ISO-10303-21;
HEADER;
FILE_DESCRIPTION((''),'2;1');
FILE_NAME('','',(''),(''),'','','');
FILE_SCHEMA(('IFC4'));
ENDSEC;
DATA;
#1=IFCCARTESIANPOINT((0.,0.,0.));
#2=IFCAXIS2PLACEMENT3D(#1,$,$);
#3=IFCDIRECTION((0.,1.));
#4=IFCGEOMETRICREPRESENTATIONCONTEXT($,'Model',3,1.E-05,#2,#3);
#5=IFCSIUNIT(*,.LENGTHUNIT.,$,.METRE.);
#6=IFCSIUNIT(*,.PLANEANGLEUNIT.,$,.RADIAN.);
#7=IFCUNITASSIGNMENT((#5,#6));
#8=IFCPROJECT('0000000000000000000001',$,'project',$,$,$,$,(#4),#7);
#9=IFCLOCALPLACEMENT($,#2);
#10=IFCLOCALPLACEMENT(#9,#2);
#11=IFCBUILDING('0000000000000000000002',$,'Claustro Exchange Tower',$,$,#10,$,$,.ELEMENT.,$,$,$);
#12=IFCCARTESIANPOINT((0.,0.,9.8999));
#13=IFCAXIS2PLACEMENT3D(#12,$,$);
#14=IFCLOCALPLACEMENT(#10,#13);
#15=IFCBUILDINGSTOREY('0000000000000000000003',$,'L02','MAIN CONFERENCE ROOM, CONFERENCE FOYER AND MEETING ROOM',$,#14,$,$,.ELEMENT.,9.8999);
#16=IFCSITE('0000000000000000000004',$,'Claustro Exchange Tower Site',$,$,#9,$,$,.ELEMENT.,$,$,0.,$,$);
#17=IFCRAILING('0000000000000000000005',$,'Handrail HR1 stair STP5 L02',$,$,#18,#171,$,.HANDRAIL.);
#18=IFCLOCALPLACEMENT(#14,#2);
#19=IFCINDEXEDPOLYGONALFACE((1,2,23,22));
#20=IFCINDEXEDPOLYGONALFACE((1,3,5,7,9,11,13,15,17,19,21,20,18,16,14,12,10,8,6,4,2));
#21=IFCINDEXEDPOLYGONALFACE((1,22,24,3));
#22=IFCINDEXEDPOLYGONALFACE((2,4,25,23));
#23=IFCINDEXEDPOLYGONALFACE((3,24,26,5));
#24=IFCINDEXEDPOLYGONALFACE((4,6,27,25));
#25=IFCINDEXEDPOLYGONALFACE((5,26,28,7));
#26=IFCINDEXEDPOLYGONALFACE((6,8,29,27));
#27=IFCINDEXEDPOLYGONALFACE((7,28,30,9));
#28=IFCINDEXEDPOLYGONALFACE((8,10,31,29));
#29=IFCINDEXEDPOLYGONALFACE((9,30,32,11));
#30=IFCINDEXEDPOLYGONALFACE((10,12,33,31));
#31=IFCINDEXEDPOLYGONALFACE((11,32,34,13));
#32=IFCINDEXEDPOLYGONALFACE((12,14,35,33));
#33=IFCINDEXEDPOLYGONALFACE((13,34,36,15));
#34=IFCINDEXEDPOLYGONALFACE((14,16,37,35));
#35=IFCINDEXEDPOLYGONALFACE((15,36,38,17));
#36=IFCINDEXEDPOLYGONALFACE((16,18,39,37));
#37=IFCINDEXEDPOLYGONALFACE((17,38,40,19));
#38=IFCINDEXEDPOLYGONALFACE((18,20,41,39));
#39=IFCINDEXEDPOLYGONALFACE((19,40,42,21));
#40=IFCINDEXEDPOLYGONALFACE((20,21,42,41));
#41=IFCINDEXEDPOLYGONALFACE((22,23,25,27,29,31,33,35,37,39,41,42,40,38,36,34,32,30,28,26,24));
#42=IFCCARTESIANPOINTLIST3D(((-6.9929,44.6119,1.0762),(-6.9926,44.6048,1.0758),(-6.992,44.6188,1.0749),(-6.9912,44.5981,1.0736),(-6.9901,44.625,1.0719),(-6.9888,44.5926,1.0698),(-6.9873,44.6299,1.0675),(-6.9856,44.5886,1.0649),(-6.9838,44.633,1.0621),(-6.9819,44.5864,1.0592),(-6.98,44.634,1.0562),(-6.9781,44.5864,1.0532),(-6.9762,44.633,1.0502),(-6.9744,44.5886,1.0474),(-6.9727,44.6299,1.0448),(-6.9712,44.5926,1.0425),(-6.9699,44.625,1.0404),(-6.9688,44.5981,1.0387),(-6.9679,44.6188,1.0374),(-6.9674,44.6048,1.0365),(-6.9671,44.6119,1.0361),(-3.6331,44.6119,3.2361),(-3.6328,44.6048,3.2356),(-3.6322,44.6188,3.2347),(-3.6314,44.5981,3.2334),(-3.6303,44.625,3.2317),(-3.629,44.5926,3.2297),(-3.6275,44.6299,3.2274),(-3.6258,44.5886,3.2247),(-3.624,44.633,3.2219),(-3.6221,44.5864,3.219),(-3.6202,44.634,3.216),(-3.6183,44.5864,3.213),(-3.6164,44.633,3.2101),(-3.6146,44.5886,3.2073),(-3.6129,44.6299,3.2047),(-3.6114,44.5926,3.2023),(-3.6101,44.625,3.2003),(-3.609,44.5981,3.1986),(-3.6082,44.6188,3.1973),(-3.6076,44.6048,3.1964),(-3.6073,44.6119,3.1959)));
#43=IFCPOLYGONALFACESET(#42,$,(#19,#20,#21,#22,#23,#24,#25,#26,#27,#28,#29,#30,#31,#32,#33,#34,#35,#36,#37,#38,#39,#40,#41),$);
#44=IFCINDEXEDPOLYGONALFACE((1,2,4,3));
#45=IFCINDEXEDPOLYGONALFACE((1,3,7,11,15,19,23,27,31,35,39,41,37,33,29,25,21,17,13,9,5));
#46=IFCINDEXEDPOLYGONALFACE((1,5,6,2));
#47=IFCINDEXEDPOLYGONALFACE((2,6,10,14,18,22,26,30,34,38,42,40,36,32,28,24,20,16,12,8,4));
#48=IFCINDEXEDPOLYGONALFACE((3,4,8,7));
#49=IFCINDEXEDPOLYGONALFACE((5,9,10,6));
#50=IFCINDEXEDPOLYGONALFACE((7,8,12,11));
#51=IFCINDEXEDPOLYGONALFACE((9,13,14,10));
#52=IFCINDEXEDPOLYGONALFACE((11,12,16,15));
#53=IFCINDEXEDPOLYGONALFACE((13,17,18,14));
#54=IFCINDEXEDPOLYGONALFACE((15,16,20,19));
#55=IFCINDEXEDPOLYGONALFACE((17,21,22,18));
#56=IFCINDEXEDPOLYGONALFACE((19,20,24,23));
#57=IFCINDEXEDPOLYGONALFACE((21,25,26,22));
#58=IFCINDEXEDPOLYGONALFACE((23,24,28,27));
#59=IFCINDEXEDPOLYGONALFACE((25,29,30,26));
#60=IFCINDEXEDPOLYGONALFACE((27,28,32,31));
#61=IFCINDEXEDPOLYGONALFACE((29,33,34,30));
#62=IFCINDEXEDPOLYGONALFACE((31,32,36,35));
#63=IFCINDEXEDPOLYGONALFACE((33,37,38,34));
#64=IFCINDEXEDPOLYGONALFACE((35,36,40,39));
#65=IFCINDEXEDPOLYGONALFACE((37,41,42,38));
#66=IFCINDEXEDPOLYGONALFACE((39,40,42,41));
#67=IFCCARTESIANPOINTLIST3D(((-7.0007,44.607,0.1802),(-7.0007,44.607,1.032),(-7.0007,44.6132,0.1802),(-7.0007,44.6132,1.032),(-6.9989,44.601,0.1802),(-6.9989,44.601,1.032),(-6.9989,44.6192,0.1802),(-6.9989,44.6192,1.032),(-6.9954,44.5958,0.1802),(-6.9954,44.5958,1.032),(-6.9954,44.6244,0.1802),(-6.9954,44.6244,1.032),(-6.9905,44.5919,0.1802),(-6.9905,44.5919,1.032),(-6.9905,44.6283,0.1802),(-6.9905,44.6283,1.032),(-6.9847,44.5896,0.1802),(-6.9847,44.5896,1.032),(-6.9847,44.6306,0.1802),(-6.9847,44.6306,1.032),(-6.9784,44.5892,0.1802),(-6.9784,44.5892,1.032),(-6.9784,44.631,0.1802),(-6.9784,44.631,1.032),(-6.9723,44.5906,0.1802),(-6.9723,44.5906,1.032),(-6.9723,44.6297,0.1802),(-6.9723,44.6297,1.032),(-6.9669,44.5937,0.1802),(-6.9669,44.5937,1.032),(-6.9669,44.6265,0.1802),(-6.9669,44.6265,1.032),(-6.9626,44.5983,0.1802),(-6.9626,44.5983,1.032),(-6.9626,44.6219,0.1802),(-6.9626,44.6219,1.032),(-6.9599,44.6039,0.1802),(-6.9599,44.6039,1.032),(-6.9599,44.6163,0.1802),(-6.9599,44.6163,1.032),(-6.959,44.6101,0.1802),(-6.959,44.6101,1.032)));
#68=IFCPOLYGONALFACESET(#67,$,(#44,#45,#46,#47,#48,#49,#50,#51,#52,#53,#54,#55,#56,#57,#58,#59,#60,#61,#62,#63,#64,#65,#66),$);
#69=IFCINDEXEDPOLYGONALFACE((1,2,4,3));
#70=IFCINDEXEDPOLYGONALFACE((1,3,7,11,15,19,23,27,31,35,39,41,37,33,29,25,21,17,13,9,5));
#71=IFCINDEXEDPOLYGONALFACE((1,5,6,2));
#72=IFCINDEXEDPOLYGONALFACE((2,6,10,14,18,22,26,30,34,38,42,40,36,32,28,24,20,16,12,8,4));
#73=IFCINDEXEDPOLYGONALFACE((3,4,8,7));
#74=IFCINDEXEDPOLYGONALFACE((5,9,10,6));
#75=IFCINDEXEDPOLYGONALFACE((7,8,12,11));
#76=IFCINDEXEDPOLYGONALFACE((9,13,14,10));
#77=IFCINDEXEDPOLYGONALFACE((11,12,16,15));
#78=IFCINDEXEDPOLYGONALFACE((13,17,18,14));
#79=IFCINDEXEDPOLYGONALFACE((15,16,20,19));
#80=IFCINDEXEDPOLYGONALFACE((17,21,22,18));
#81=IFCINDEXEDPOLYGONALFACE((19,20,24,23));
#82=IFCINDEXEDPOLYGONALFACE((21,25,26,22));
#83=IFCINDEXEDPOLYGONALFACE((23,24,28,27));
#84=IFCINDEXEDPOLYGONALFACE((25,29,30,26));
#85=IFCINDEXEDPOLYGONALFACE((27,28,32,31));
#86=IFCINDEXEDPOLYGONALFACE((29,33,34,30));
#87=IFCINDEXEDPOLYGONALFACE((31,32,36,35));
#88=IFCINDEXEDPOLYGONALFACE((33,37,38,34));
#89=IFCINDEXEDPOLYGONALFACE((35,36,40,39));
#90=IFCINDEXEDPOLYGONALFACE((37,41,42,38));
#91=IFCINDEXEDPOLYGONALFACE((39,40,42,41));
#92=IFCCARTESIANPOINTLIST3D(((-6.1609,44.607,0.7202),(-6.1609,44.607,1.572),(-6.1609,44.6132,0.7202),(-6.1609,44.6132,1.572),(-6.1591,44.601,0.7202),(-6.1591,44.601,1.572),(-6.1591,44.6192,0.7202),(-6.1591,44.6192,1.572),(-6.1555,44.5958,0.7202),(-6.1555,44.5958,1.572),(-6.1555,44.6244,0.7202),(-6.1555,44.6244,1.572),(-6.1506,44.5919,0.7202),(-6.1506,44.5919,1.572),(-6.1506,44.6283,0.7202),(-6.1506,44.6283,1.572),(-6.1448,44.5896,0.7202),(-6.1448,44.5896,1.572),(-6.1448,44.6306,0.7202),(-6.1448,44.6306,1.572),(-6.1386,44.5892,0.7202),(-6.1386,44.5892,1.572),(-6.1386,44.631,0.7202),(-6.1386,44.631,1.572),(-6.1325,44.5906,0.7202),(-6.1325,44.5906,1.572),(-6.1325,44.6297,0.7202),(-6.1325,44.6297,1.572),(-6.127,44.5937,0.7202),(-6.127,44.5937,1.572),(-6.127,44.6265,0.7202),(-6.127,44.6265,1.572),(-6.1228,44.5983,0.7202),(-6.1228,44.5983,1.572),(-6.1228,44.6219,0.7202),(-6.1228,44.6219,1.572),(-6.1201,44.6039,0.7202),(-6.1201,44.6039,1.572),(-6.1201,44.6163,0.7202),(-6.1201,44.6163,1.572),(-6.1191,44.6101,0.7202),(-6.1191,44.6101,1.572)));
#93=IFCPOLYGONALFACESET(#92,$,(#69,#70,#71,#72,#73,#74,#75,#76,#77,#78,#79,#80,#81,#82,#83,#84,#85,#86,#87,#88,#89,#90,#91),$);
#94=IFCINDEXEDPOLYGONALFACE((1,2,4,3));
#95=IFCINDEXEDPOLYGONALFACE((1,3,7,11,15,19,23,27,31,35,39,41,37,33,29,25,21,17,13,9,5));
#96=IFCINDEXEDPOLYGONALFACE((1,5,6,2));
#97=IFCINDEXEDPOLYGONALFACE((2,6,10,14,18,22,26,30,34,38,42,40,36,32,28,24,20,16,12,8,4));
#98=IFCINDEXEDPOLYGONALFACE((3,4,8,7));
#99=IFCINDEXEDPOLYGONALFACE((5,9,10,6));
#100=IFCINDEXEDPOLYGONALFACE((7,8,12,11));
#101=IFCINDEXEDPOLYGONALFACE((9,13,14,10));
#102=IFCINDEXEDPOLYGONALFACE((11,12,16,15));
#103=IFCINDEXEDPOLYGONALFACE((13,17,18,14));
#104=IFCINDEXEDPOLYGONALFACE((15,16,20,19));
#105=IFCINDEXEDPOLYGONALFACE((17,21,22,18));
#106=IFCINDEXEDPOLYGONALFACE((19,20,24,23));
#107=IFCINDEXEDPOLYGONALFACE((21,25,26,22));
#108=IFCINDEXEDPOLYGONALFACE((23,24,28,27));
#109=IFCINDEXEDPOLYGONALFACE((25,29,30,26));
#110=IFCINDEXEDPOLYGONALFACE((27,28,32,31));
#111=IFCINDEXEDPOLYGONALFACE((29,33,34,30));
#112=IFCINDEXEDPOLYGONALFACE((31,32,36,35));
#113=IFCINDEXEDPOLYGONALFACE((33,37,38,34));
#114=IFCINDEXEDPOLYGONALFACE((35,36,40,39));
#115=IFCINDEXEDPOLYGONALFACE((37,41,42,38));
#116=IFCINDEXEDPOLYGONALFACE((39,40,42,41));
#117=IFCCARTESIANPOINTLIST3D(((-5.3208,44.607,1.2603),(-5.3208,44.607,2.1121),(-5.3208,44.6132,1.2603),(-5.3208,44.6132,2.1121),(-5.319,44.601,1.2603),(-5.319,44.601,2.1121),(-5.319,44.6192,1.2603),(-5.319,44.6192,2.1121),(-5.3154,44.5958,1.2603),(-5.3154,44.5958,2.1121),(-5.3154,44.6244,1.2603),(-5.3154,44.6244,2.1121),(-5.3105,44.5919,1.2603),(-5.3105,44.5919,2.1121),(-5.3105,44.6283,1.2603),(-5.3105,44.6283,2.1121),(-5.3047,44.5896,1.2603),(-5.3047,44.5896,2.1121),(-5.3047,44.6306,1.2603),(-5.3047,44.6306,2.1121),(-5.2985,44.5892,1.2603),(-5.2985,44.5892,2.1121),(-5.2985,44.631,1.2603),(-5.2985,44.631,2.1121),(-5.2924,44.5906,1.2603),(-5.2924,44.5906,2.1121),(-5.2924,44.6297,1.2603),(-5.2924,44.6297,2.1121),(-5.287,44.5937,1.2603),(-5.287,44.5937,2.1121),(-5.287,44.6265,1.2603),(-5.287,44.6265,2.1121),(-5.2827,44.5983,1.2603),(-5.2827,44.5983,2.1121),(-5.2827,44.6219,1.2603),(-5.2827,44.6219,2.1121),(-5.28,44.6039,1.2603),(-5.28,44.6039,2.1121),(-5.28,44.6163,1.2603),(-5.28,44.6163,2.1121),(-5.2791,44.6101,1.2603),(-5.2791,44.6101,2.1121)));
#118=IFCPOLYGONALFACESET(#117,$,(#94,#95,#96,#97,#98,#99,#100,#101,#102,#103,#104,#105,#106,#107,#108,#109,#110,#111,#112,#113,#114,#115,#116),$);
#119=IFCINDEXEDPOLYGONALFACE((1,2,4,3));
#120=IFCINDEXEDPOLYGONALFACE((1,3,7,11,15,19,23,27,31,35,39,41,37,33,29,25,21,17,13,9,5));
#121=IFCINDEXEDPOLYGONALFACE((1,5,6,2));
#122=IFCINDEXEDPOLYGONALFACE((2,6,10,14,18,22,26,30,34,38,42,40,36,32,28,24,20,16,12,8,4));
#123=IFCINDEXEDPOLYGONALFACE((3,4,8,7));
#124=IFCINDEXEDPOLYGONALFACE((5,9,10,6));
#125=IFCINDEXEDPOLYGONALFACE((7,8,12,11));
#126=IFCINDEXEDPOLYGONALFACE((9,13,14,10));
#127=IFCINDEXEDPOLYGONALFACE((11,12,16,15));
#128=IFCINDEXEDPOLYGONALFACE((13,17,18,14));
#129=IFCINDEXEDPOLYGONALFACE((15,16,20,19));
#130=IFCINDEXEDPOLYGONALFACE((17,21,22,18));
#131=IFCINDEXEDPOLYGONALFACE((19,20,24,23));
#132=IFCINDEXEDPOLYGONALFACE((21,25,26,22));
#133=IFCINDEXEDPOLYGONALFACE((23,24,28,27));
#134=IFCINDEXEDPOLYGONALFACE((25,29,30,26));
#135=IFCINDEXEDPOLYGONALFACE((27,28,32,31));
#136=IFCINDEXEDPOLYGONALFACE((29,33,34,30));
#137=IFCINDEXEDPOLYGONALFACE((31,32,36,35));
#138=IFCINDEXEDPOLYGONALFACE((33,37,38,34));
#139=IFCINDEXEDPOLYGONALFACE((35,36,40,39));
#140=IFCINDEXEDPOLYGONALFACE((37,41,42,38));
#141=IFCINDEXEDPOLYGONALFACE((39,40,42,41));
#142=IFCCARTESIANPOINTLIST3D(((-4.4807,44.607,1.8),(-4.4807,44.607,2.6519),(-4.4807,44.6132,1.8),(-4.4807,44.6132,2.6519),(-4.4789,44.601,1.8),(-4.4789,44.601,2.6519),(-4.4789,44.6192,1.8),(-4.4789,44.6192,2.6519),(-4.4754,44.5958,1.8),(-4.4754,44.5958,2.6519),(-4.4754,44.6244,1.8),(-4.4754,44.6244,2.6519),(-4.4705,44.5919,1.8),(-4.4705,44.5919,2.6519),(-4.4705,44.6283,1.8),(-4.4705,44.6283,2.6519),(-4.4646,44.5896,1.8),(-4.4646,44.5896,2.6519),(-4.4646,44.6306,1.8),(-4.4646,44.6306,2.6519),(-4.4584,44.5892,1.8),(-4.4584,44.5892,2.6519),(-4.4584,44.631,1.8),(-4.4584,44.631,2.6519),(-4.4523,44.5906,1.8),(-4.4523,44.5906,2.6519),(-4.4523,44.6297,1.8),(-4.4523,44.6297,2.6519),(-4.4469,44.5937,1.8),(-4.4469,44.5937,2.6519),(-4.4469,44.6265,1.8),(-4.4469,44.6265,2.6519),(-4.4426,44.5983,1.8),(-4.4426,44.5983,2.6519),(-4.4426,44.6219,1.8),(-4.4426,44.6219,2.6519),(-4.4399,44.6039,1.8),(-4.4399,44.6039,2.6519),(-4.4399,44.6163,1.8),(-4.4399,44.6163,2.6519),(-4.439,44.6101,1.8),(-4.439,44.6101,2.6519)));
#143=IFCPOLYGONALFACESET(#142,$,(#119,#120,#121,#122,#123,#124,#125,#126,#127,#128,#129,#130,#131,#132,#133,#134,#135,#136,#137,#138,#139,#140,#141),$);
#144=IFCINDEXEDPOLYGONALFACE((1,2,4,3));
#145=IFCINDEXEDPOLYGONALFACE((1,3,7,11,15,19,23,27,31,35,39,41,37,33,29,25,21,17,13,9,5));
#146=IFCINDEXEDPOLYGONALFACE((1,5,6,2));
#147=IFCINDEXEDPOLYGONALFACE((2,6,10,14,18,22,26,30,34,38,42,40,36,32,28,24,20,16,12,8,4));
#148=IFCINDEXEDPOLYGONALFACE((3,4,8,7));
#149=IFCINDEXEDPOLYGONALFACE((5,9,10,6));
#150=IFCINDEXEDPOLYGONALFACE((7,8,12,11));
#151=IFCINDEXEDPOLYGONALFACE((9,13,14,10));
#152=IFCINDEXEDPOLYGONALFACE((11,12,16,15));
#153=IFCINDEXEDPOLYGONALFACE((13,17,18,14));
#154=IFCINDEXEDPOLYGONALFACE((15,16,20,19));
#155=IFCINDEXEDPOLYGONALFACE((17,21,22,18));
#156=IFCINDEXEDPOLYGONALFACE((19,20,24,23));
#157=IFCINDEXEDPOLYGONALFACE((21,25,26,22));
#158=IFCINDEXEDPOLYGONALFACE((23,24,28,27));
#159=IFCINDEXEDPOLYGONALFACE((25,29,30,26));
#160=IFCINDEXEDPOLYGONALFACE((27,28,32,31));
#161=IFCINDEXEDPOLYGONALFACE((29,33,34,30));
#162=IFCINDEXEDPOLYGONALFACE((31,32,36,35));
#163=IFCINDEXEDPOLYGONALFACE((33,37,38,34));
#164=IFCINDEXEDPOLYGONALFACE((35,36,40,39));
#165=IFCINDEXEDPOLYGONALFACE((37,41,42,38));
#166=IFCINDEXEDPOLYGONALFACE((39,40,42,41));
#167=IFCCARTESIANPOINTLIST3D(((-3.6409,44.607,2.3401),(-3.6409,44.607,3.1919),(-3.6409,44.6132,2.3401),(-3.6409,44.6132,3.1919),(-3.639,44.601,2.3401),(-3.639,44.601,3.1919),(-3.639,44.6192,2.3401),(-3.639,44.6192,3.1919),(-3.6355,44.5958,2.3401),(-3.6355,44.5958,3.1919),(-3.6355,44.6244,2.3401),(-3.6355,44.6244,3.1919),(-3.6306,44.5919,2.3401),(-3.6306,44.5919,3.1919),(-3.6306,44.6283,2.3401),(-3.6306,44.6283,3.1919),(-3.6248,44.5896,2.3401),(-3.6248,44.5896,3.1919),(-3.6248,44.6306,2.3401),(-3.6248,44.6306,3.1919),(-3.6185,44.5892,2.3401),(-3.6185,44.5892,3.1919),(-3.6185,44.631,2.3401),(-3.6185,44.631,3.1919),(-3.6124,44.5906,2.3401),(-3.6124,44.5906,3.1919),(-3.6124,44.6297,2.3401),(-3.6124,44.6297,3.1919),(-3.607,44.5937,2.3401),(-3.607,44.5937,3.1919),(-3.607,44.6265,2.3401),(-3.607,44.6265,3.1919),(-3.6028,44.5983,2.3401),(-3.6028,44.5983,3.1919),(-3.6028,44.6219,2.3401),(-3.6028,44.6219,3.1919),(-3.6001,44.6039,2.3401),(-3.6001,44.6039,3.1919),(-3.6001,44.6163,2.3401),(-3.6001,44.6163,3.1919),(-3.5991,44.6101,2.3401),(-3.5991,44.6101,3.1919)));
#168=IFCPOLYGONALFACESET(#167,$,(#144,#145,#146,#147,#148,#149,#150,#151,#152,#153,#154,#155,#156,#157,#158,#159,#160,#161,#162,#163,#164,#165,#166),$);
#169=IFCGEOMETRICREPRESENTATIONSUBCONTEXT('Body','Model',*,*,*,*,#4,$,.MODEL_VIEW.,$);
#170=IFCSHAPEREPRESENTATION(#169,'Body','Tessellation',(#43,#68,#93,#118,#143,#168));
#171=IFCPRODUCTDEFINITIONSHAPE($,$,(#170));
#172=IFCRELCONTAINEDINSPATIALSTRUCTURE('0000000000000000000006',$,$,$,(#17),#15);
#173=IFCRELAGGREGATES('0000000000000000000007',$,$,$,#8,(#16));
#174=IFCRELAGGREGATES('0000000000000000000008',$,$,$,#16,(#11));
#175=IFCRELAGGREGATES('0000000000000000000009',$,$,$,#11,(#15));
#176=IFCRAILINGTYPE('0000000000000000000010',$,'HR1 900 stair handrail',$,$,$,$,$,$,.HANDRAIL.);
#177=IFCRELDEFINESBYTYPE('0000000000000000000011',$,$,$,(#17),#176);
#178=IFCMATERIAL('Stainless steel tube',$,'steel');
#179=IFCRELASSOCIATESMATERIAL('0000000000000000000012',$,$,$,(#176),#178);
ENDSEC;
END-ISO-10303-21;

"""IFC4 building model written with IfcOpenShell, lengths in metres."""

from ifc_helpers import new_model, si_unit, direction, frame, origin, origin_2d, place, context, subcontext, project, spatial, circle, extrude, material, type_object, element, save


model = new_model("IFC4")

# Units and contexts
model_context = context("Model", 3, precision=1e-05, world=origin(), true_north=direction((0.0, 1.0)))
body_context = subcontext(model_context, "Body", "Model", "MODEL_VIEW")
ifc_project = project(units=[si_unit("LENGTHUNIT", "METRE"), si_unit("PLANEANGLEUNIT", "RADIAN")], contexts=[model_context])

# Site, building, storey
site_placement = place(None, origin())
site = spatial("IfcSite", under=ifc_project, at=site_placement, Name="Claustro Exchange Tower Site", CompositionType="ELEMENT", RefElevation=0.0)
building_placement = place(site_placement, origin())
building = spatial("IfcBuilding", under=site, at=building_placement, Name="Claustro Exchange Tower", CompositionType="ELEMENT")
storey_placement = place(building_placement, frame((0.0, 0.0, 9.8999)))
storey = spatial("IfcBuildingStorey", under=building, at=storey_placement, Name="L02", Description="MAIN CONFERENCE ROOM, CONFERENCE FOYER AND MEETING ROOM", CompositionType="ELEMENT", Elevation=9.8999)

# Railing
ifc_material_1 = material(Name="Stainless steel tube", Category="steel")
railing_type_1 = type_object("IfcRailingType", Name="HR1 900 stair handrail", PredefinedType="HANDRAIL", material=ifc_material_1)
railing_1_placement = place(storey_placement, frame((-6.98, 44.6101, 0.1802)))
element("IfcRailing", 1, at=railing_1_placement, inside=storey, type_object=railing_type_1, Name="Handrail HR1 stair STP5 L02", PredefinedType="HANDRAIL", context=body_context, shape_type="SweptSolid", body=[
    extrude(circle(Radius=0.0239, at=origin_2d()), frame((0.0, 0.0, 0.876), z_axis=(0.841178, 0.0, 0.540758), x_axis=(0.0, 1.0, 0.0)), (0.0, 0.0, 1.0), 3.9941),
    extrude(circle(Radius=0.021, at=origin_2d()), origin(), (0.0, 0.0, 1.0), 0.8518),
    extrude(circle(Radius=0.021, at=origin_2d()), frame((0.8398, 0.0, 0.54)), (0.0, 0.0, 1.0), 0.8518),
    extrude(circle(Radius=0.021, at=origin_2d()), frame((1.6799, 0.0, 1.0801)), (0.0, 0.0, 1.0), 0.8518),
    extrude(circle(Radius=0.021, at=origin_2d()), frame((2.52, 0.0, 1.6199)), (0.0, 0.0, 1.0), 0.8518),
    extrude(circle(Radius=0.021, at=origin_2d()), frame((3.3599, 0.0, 2.1599)), (0.0, 0.0, 1.0), 0.8518),
])

save(model, "model.ifc")
